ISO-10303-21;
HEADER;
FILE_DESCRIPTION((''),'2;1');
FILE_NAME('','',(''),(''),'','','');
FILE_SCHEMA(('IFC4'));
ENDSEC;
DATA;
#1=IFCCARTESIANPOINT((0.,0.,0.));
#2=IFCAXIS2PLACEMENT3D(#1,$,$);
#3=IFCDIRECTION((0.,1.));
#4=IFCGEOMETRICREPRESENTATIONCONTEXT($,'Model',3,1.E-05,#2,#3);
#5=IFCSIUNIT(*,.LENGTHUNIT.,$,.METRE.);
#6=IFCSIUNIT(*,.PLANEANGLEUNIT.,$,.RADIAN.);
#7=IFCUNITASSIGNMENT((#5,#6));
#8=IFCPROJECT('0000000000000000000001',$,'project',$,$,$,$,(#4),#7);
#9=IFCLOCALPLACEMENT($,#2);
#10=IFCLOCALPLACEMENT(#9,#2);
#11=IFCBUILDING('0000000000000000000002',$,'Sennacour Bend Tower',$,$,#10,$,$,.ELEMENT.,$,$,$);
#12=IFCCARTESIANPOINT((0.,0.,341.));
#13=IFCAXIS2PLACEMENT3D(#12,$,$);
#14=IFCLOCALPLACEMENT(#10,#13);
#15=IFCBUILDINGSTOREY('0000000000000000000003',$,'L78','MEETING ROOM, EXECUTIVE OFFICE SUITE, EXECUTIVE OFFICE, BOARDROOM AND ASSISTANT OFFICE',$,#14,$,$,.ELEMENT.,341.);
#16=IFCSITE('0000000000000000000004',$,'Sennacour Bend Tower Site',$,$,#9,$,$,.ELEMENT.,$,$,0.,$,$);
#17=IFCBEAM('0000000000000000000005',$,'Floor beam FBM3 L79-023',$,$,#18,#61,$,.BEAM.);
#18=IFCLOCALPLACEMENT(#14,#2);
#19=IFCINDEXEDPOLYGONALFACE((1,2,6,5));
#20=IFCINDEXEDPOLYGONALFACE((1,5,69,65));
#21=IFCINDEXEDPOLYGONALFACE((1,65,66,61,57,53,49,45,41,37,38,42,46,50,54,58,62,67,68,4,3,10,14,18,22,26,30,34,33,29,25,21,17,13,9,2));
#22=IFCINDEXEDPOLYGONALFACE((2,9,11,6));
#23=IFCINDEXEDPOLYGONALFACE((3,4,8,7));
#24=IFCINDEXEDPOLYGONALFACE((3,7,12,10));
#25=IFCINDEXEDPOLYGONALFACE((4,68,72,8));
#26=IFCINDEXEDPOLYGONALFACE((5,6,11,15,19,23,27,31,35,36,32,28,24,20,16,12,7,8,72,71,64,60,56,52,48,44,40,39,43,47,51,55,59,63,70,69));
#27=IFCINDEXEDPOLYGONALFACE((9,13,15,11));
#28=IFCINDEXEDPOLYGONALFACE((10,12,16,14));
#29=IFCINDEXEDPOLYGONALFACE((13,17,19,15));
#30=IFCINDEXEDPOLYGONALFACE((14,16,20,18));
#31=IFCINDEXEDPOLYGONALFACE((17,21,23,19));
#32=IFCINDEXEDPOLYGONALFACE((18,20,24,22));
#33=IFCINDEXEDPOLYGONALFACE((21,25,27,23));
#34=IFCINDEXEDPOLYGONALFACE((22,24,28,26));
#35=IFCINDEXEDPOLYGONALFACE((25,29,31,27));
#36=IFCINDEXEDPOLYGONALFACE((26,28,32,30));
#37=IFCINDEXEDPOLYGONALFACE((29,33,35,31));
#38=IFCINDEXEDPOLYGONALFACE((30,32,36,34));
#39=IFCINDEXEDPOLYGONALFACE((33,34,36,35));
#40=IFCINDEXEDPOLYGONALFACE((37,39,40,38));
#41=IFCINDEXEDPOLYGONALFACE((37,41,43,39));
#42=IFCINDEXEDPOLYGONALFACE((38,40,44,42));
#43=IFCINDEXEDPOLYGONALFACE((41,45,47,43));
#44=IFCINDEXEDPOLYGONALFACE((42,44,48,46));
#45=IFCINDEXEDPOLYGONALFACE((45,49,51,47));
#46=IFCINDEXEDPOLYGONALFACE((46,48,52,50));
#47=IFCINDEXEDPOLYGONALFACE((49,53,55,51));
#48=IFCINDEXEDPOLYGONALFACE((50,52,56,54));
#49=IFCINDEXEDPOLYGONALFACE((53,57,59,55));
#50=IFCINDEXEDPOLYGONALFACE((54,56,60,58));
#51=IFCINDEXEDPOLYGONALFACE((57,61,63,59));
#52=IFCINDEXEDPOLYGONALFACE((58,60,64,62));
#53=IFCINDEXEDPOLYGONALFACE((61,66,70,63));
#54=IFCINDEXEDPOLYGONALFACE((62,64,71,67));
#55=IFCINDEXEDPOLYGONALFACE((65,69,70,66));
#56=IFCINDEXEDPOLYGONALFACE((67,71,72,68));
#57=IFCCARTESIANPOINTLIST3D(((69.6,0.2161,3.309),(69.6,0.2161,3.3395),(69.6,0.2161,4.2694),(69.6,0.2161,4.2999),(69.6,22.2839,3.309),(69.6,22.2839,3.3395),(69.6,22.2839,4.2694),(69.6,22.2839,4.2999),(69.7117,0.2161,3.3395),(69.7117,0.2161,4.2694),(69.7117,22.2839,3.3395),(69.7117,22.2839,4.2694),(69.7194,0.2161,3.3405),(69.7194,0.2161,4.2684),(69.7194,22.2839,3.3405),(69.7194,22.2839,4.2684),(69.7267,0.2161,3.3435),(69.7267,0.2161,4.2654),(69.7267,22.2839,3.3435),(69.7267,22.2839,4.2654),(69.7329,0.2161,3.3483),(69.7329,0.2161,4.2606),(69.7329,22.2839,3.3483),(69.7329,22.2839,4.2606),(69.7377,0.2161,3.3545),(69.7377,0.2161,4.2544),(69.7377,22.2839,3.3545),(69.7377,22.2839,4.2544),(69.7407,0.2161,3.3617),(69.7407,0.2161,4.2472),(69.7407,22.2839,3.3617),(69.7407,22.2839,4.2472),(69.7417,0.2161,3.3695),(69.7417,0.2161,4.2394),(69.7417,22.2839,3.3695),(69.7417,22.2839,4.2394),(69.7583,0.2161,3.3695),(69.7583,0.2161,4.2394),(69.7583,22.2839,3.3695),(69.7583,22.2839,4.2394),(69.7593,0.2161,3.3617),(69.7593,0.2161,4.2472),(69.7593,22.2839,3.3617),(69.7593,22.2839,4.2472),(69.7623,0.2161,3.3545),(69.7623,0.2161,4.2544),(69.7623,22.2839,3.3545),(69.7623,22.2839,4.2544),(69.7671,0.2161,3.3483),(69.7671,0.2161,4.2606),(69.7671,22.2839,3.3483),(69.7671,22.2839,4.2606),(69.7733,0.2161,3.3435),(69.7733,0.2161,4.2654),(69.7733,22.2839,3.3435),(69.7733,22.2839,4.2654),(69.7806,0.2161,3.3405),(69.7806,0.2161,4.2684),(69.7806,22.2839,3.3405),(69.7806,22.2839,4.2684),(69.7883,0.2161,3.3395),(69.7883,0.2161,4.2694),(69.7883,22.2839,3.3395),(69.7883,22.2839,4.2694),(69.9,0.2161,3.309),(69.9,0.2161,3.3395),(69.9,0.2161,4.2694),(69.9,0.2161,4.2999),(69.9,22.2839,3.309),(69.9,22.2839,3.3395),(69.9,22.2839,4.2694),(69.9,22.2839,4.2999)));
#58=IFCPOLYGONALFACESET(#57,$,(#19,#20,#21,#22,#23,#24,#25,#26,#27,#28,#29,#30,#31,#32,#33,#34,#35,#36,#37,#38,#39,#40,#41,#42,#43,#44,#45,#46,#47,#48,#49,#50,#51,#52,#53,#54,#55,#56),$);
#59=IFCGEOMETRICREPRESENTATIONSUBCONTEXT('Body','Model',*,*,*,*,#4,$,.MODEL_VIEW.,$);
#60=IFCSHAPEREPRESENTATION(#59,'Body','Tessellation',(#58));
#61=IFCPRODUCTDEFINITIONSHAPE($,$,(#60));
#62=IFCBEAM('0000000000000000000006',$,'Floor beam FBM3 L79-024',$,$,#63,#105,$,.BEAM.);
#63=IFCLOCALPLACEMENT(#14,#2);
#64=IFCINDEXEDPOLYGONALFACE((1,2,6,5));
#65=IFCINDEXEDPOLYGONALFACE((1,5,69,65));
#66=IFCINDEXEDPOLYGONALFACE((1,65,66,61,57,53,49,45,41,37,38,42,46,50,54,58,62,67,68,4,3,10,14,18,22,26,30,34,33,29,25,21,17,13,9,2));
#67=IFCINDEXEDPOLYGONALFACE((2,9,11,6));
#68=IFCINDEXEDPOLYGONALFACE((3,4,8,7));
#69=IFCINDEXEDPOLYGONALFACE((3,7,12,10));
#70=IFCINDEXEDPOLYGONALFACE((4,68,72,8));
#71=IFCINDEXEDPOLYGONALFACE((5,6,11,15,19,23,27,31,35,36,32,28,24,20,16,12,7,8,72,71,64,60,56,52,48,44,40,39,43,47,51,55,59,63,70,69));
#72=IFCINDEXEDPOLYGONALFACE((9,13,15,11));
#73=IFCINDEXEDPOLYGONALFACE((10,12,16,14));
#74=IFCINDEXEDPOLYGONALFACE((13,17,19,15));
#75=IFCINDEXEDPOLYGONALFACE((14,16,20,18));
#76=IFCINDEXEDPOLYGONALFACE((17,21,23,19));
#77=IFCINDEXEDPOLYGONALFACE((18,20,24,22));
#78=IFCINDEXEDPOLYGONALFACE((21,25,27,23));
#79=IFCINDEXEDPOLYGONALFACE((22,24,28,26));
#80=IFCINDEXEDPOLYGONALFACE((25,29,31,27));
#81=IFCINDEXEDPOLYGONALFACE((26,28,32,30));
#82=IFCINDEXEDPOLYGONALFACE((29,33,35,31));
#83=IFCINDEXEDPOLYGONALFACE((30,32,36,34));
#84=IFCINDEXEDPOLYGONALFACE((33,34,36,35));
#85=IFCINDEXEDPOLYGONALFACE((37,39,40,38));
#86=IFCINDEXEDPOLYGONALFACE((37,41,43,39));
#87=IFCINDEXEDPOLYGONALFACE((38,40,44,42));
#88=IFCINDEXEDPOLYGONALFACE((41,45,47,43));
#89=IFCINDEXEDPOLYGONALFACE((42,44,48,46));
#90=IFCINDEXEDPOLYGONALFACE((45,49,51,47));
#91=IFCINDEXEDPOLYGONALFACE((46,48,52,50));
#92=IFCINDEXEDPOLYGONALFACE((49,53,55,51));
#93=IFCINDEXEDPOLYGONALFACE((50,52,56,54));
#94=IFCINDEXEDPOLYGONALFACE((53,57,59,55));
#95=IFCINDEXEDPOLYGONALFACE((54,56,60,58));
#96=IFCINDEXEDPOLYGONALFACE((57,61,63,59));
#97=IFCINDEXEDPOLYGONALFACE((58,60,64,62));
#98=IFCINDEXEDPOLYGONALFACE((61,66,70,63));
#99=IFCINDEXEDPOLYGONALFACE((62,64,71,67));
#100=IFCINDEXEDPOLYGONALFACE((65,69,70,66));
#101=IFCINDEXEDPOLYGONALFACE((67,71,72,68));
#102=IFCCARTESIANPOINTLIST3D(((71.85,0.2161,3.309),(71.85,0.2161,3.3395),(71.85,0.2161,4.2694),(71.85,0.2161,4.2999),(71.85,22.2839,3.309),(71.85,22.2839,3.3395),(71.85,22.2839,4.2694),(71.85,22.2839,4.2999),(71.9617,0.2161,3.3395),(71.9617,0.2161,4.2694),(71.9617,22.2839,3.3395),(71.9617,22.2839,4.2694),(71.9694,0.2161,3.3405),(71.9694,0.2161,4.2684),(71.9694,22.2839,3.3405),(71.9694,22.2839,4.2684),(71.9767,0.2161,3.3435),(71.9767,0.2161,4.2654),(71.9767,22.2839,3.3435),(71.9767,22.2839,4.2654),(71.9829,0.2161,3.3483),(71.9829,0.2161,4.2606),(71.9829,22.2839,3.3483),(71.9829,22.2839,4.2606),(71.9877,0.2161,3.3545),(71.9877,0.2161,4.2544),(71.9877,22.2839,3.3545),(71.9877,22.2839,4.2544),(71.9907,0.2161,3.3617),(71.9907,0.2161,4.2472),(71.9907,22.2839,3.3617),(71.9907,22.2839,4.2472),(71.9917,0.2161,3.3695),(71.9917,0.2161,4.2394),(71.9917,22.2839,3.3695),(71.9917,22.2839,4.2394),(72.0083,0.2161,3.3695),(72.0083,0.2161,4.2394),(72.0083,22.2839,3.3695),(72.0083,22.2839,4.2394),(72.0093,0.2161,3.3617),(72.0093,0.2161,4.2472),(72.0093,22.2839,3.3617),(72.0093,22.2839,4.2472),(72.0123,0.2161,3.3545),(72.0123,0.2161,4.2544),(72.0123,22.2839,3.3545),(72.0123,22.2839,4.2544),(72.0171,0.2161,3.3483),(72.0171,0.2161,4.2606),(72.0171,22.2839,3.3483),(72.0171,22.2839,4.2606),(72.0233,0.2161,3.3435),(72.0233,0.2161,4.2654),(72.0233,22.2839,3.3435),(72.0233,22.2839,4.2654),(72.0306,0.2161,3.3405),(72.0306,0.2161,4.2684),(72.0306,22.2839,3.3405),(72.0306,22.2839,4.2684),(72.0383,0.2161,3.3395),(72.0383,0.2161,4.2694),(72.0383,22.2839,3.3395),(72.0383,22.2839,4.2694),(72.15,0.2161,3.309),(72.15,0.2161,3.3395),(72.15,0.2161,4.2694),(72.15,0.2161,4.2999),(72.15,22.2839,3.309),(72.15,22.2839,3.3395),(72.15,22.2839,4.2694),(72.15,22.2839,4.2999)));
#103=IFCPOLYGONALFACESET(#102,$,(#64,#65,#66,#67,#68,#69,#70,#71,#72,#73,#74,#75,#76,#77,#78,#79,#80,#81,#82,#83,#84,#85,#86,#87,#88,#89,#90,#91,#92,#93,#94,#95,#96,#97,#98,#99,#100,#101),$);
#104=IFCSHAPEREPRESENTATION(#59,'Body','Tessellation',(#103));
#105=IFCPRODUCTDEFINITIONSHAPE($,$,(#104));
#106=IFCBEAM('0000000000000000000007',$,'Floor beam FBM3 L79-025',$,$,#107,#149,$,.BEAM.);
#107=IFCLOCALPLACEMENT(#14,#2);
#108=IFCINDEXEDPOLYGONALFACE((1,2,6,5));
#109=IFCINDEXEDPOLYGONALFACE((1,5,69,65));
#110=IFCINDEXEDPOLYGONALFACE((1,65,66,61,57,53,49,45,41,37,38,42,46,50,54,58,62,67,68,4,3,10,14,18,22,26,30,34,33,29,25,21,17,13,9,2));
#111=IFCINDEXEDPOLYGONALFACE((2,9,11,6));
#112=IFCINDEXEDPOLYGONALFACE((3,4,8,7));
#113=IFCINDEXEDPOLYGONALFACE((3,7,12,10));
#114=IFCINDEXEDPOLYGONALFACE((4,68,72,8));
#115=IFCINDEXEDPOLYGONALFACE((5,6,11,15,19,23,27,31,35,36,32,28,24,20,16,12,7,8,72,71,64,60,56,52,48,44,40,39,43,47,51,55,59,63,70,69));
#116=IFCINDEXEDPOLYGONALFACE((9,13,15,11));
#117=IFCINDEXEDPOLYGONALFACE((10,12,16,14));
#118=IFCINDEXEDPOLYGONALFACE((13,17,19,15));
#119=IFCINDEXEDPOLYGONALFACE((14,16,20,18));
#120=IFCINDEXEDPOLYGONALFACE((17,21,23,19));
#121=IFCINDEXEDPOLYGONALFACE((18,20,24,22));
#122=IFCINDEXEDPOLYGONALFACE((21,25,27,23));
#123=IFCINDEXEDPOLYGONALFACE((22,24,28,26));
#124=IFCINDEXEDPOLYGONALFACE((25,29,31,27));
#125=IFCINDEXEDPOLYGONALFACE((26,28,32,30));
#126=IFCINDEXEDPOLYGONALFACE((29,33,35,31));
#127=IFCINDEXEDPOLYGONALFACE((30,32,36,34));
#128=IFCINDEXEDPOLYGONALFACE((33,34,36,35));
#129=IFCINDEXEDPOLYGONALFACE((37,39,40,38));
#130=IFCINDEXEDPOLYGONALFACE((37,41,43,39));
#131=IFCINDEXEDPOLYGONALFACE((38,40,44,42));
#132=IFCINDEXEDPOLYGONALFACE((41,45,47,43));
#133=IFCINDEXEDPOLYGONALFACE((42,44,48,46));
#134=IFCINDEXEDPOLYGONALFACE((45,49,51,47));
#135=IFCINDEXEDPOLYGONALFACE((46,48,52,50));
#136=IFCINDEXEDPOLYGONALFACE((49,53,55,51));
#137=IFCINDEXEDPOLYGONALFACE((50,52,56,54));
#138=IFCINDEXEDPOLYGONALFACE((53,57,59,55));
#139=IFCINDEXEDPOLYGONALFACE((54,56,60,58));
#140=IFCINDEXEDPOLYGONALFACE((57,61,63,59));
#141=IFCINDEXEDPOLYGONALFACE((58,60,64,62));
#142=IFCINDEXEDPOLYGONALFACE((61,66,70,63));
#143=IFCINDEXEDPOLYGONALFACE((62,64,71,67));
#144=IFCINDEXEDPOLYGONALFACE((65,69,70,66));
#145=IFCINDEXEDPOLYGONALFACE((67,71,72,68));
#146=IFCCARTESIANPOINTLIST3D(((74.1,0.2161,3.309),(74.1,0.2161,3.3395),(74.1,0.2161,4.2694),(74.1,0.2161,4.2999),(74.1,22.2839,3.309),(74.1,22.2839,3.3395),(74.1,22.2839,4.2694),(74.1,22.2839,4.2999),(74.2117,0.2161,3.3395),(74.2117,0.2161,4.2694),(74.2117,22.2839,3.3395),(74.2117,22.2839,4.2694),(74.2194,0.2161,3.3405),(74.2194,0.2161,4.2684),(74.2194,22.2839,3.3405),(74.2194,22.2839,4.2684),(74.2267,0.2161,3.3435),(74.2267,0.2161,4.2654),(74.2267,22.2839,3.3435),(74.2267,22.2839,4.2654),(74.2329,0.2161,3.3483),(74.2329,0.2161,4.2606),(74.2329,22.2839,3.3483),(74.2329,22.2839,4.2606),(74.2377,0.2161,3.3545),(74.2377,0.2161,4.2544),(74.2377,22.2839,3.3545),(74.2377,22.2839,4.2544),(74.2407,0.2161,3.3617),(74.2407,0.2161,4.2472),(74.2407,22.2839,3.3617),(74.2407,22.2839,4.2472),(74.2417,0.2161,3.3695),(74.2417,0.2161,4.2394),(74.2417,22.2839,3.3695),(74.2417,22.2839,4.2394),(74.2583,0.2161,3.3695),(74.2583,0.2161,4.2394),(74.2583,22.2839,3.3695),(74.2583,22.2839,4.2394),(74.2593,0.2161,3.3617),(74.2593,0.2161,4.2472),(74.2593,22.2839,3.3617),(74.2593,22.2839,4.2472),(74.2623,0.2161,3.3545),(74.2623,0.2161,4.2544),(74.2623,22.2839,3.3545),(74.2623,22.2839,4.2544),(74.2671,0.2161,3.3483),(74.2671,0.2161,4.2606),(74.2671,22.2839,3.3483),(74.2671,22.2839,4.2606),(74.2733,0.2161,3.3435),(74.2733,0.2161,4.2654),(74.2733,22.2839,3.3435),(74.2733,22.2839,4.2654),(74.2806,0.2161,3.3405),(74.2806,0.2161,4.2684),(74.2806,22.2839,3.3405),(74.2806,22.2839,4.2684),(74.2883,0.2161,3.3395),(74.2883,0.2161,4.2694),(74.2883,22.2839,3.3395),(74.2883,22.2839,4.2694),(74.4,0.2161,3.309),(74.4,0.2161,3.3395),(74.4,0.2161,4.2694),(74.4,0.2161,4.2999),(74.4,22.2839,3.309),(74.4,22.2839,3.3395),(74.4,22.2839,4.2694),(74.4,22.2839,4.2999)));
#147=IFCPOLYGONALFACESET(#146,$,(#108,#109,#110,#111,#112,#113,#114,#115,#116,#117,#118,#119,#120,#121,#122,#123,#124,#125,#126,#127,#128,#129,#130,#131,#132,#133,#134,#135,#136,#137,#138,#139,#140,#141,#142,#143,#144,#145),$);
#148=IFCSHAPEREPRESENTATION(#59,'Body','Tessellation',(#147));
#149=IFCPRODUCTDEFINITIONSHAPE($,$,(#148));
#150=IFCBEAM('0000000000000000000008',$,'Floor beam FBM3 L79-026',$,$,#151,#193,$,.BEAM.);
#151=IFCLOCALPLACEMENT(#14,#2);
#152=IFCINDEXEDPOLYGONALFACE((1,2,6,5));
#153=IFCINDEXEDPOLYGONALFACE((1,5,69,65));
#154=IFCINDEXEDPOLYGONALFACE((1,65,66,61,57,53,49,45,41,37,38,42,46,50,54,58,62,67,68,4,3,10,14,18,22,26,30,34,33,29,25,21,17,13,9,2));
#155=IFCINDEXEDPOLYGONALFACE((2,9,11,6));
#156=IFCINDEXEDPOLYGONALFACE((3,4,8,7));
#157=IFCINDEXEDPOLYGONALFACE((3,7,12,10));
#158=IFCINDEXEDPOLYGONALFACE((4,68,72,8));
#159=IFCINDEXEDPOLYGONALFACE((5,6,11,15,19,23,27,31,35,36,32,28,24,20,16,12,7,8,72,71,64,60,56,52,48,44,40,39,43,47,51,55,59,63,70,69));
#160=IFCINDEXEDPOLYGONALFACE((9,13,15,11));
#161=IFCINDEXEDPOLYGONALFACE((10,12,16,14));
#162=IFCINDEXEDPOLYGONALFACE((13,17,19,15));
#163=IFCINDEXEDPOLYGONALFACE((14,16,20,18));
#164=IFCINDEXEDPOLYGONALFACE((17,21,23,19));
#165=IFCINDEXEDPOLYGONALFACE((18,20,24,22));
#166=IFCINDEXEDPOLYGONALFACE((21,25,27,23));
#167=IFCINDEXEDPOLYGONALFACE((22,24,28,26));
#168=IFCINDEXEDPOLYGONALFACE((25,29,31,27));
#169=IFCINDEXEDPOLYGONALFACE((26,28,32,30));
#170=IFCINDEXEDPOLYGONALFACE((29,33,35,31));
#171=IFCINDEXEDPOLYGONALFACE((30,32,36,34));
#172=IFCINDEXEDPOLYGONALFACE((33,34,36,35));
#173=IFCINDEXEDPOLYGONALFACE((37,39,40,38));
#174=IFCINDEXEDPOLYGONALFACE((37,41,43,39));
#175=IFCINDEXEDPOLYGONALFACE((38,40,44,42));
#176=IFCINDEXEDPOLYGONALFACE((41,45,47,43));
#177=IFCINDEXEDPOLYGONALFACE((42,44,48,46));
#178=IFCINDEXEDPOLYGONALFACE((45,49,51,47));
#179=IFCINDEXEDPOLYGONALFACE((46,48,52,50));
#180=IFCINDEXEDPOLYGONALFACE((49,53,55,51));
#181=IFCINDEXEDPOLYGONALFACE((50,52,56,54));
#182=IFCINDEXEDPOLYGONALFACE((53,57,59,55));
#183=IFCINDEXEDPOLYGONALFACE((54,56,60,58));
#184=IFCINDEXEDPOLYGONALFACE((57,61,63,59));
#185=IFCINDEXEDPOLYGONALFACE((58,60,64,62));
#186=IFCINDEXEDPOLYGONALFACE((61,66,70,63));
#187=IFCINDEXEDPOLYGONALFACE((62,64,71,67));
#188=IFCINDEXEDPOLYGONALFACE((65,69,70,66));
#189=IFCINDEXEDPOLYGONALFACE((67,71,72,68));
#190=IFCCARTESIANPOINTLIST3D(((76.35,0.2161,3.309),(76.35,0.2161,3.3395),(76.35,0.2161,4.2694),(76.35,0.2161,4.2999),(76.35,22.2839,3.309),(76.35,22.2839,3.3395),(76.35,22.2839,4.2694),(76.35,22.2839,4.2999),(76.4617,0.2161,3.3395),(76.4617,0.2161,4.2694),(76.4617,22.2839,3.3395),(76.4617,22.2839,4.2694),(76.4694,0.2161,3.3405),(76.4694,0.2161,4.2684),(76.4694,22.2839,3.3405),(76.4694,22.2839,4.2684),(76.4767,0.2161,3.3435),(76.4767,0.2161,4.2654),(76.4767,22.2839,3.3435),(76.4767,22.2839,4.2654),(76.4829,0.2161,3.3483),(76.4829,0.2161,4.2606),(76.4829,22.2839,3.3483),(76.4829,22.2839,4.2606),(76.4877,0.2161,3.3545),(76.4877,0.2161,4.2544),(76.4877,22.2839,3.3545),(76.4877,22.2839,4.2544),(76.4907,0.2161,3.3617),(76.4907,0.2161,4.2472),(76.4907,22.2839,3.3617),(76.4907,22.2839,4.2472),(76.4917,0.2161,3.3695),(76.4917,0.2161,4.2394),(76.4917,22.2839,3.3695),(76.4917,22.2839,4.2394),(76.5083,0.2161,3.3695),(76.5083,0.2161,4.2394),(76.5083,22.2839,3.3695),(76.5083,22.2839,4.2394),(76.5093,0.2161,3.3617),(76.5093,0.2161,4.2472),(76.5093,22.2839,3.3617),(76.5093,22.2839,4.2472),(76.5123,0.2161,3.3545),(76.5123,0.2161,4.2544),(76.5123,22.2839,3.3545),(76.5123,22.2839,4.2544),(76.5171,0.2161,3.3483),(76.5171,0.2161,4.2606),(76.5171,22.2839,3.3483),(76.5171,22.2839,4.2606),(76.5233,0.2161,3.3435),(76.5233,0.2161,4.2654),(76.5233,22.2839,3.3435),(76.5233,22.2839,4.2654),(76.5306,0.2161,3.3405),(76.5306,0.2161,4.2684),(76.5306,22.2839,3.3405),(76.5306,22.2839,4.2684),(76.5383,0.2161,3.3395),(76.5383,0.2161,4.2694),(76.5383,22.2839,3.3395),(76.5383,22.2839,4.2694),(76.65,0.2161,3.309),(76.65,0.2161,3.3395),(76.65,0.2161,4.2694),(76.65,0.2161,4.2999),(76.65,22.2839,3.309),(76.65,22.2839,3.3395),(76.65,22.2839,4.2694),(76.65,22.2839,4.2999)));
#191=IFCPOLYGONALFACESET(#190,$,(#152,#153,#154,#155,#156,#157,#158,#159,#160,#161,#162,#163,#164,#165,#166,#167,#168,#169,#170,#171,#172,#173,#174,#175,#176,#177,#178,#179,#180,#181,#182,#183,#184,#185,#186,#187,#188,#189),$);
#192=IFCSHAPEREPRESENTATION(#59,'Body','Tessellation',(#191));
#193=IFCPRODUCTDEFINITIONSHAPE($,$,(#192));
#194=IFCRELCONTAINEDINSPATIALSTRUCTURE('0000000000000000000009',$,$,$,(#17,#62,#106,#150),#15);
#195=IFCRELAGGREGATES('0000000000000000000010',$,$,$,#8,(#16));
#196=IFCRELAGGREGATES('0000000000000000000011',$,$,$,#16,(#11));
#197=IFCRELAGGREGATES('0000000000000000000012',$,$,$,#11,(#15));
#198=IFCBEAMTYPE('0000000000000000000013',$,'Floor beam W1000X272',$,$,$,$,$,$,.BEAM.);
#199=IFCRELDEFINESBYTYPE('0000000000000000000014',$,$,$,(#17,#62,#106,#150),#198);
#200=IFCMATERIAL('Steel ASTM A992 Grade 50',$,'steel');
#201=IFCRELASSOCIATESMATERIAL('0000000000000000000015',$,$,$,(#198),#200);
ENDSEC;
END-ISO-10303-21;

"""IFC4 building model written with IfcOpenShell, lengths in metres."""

from ifc_helpers import new_model, si_unit, direction, frame, origin, origin_2d, place, context, subcontext, project, spatial, i_section, extrude, material, material_profile, profile_set, type_object, element, save


model = new_model("IFC4")

# Units and contexts
model_context = context("Model", 3, precision=1e-05, world=origin(), true_north=direction((0.0, 1.0)))
body_context = subcontext(model_context, "Body", "Model", "MODEL_VIEW")
ifc_project = project(units=[si_unit("LENGTHUNIT", "METRE"), si_unit("PLANEANGLEUNIT", "RADIAN")], contexts=[model_context])

# Site, building, storey
site_placement = place(None, origin())
site = spatial("IfcSite", under=ifc_project, at=site_placement, Name="Sennacour Bend Tower Site", CompositionType="ELEMENT", RefElevation=0.0)
building_placement = place(site_placement, origin())
building = spatial("IfcBuilding", under=site, at=building_placement, Name="Sennacour Bend Tower", CompositionType="ELEMENT")
storey_placement = place(building_placement, frame((0.0, 0.0, 341.0)))
storey = spatial("IfcBuildingStorey", under=building, at=storey_placement, Name="L78", Description="MEETING ROOM, EXECUTIVE OFFICE SUITE, EXECUTIVE OFFICE, BOARDROOM AND ASSISTANT OFFICE", CompositionType="ELEMENT", Elevation=341.0)

# Beams
ifc_material_1 = material(Name="Steel ASTM A992 Grade 50", Category="steel")
ifc_material_profile_1 = material_profile(ifc_material_1, i_section(OverallWidth=0.3, OverallDepth=0.991, WebThickness=0.0166, FlangeThickness=0.0305, FilletRadius=0.03, at=origin_2d()), Name="Steel ASTM A992 Grade 50", Category="steel")
ifc_profile_set_1 = profile_set([ifc_material_profile_1], Name="Steel ASTM A992 Grade 50")
beam_type = type_object("IfcBeamType", Name="Floor beam W1000X272", PredefinedType="BEAM", material=ifc_profile_set_1)
for number, where, z_axis, x_axis, name in (
    (1, (69.75, 0.2161, 3.8044), (0.0, 1.0, 0.0), (-1.0, 0.0, 0.0), "Floor beam FBM3 L79-023"),
    (2, (72.0, 0.2161, 3.8044), (0.0, 1.0, 0.0), (-1.0, 0.0, 0.0), "Floor beam FBM3 L79-024"),
    (3, (74.25, 0.2161, 3.8044), (0.0, 1.0, 0.0), (-1.0, 0.0, 0.0), "Floor beam FBM3 L79-025"),
    (4, (76.5, 0.2161, 3.8044), (0.0, 1.0, 0.0), (-1.0, 0.0, 0.0), "Floor beam FBM3 L79-026"),
):
    element("IfcBeam", number, at=place(storey_placement, frame(where, z_axis=z_axis, x_axis=x_axis)), inside=storey, type_object=beam_type, Name=name, PredefinedType="BEAM", context=body_context, shape_type="SweptSolid", body=[
        extrude(i_section(OverallWidth=0.3, OverallDepth=0.991, WebThickness=0.0166, FlangeThickness=0.0305, FilletRadius=0.03, at=origin_2d()), origin(), (0.0, 0.0, 1.0), 22.0679),
    ])

save(model, "model.ifc")
